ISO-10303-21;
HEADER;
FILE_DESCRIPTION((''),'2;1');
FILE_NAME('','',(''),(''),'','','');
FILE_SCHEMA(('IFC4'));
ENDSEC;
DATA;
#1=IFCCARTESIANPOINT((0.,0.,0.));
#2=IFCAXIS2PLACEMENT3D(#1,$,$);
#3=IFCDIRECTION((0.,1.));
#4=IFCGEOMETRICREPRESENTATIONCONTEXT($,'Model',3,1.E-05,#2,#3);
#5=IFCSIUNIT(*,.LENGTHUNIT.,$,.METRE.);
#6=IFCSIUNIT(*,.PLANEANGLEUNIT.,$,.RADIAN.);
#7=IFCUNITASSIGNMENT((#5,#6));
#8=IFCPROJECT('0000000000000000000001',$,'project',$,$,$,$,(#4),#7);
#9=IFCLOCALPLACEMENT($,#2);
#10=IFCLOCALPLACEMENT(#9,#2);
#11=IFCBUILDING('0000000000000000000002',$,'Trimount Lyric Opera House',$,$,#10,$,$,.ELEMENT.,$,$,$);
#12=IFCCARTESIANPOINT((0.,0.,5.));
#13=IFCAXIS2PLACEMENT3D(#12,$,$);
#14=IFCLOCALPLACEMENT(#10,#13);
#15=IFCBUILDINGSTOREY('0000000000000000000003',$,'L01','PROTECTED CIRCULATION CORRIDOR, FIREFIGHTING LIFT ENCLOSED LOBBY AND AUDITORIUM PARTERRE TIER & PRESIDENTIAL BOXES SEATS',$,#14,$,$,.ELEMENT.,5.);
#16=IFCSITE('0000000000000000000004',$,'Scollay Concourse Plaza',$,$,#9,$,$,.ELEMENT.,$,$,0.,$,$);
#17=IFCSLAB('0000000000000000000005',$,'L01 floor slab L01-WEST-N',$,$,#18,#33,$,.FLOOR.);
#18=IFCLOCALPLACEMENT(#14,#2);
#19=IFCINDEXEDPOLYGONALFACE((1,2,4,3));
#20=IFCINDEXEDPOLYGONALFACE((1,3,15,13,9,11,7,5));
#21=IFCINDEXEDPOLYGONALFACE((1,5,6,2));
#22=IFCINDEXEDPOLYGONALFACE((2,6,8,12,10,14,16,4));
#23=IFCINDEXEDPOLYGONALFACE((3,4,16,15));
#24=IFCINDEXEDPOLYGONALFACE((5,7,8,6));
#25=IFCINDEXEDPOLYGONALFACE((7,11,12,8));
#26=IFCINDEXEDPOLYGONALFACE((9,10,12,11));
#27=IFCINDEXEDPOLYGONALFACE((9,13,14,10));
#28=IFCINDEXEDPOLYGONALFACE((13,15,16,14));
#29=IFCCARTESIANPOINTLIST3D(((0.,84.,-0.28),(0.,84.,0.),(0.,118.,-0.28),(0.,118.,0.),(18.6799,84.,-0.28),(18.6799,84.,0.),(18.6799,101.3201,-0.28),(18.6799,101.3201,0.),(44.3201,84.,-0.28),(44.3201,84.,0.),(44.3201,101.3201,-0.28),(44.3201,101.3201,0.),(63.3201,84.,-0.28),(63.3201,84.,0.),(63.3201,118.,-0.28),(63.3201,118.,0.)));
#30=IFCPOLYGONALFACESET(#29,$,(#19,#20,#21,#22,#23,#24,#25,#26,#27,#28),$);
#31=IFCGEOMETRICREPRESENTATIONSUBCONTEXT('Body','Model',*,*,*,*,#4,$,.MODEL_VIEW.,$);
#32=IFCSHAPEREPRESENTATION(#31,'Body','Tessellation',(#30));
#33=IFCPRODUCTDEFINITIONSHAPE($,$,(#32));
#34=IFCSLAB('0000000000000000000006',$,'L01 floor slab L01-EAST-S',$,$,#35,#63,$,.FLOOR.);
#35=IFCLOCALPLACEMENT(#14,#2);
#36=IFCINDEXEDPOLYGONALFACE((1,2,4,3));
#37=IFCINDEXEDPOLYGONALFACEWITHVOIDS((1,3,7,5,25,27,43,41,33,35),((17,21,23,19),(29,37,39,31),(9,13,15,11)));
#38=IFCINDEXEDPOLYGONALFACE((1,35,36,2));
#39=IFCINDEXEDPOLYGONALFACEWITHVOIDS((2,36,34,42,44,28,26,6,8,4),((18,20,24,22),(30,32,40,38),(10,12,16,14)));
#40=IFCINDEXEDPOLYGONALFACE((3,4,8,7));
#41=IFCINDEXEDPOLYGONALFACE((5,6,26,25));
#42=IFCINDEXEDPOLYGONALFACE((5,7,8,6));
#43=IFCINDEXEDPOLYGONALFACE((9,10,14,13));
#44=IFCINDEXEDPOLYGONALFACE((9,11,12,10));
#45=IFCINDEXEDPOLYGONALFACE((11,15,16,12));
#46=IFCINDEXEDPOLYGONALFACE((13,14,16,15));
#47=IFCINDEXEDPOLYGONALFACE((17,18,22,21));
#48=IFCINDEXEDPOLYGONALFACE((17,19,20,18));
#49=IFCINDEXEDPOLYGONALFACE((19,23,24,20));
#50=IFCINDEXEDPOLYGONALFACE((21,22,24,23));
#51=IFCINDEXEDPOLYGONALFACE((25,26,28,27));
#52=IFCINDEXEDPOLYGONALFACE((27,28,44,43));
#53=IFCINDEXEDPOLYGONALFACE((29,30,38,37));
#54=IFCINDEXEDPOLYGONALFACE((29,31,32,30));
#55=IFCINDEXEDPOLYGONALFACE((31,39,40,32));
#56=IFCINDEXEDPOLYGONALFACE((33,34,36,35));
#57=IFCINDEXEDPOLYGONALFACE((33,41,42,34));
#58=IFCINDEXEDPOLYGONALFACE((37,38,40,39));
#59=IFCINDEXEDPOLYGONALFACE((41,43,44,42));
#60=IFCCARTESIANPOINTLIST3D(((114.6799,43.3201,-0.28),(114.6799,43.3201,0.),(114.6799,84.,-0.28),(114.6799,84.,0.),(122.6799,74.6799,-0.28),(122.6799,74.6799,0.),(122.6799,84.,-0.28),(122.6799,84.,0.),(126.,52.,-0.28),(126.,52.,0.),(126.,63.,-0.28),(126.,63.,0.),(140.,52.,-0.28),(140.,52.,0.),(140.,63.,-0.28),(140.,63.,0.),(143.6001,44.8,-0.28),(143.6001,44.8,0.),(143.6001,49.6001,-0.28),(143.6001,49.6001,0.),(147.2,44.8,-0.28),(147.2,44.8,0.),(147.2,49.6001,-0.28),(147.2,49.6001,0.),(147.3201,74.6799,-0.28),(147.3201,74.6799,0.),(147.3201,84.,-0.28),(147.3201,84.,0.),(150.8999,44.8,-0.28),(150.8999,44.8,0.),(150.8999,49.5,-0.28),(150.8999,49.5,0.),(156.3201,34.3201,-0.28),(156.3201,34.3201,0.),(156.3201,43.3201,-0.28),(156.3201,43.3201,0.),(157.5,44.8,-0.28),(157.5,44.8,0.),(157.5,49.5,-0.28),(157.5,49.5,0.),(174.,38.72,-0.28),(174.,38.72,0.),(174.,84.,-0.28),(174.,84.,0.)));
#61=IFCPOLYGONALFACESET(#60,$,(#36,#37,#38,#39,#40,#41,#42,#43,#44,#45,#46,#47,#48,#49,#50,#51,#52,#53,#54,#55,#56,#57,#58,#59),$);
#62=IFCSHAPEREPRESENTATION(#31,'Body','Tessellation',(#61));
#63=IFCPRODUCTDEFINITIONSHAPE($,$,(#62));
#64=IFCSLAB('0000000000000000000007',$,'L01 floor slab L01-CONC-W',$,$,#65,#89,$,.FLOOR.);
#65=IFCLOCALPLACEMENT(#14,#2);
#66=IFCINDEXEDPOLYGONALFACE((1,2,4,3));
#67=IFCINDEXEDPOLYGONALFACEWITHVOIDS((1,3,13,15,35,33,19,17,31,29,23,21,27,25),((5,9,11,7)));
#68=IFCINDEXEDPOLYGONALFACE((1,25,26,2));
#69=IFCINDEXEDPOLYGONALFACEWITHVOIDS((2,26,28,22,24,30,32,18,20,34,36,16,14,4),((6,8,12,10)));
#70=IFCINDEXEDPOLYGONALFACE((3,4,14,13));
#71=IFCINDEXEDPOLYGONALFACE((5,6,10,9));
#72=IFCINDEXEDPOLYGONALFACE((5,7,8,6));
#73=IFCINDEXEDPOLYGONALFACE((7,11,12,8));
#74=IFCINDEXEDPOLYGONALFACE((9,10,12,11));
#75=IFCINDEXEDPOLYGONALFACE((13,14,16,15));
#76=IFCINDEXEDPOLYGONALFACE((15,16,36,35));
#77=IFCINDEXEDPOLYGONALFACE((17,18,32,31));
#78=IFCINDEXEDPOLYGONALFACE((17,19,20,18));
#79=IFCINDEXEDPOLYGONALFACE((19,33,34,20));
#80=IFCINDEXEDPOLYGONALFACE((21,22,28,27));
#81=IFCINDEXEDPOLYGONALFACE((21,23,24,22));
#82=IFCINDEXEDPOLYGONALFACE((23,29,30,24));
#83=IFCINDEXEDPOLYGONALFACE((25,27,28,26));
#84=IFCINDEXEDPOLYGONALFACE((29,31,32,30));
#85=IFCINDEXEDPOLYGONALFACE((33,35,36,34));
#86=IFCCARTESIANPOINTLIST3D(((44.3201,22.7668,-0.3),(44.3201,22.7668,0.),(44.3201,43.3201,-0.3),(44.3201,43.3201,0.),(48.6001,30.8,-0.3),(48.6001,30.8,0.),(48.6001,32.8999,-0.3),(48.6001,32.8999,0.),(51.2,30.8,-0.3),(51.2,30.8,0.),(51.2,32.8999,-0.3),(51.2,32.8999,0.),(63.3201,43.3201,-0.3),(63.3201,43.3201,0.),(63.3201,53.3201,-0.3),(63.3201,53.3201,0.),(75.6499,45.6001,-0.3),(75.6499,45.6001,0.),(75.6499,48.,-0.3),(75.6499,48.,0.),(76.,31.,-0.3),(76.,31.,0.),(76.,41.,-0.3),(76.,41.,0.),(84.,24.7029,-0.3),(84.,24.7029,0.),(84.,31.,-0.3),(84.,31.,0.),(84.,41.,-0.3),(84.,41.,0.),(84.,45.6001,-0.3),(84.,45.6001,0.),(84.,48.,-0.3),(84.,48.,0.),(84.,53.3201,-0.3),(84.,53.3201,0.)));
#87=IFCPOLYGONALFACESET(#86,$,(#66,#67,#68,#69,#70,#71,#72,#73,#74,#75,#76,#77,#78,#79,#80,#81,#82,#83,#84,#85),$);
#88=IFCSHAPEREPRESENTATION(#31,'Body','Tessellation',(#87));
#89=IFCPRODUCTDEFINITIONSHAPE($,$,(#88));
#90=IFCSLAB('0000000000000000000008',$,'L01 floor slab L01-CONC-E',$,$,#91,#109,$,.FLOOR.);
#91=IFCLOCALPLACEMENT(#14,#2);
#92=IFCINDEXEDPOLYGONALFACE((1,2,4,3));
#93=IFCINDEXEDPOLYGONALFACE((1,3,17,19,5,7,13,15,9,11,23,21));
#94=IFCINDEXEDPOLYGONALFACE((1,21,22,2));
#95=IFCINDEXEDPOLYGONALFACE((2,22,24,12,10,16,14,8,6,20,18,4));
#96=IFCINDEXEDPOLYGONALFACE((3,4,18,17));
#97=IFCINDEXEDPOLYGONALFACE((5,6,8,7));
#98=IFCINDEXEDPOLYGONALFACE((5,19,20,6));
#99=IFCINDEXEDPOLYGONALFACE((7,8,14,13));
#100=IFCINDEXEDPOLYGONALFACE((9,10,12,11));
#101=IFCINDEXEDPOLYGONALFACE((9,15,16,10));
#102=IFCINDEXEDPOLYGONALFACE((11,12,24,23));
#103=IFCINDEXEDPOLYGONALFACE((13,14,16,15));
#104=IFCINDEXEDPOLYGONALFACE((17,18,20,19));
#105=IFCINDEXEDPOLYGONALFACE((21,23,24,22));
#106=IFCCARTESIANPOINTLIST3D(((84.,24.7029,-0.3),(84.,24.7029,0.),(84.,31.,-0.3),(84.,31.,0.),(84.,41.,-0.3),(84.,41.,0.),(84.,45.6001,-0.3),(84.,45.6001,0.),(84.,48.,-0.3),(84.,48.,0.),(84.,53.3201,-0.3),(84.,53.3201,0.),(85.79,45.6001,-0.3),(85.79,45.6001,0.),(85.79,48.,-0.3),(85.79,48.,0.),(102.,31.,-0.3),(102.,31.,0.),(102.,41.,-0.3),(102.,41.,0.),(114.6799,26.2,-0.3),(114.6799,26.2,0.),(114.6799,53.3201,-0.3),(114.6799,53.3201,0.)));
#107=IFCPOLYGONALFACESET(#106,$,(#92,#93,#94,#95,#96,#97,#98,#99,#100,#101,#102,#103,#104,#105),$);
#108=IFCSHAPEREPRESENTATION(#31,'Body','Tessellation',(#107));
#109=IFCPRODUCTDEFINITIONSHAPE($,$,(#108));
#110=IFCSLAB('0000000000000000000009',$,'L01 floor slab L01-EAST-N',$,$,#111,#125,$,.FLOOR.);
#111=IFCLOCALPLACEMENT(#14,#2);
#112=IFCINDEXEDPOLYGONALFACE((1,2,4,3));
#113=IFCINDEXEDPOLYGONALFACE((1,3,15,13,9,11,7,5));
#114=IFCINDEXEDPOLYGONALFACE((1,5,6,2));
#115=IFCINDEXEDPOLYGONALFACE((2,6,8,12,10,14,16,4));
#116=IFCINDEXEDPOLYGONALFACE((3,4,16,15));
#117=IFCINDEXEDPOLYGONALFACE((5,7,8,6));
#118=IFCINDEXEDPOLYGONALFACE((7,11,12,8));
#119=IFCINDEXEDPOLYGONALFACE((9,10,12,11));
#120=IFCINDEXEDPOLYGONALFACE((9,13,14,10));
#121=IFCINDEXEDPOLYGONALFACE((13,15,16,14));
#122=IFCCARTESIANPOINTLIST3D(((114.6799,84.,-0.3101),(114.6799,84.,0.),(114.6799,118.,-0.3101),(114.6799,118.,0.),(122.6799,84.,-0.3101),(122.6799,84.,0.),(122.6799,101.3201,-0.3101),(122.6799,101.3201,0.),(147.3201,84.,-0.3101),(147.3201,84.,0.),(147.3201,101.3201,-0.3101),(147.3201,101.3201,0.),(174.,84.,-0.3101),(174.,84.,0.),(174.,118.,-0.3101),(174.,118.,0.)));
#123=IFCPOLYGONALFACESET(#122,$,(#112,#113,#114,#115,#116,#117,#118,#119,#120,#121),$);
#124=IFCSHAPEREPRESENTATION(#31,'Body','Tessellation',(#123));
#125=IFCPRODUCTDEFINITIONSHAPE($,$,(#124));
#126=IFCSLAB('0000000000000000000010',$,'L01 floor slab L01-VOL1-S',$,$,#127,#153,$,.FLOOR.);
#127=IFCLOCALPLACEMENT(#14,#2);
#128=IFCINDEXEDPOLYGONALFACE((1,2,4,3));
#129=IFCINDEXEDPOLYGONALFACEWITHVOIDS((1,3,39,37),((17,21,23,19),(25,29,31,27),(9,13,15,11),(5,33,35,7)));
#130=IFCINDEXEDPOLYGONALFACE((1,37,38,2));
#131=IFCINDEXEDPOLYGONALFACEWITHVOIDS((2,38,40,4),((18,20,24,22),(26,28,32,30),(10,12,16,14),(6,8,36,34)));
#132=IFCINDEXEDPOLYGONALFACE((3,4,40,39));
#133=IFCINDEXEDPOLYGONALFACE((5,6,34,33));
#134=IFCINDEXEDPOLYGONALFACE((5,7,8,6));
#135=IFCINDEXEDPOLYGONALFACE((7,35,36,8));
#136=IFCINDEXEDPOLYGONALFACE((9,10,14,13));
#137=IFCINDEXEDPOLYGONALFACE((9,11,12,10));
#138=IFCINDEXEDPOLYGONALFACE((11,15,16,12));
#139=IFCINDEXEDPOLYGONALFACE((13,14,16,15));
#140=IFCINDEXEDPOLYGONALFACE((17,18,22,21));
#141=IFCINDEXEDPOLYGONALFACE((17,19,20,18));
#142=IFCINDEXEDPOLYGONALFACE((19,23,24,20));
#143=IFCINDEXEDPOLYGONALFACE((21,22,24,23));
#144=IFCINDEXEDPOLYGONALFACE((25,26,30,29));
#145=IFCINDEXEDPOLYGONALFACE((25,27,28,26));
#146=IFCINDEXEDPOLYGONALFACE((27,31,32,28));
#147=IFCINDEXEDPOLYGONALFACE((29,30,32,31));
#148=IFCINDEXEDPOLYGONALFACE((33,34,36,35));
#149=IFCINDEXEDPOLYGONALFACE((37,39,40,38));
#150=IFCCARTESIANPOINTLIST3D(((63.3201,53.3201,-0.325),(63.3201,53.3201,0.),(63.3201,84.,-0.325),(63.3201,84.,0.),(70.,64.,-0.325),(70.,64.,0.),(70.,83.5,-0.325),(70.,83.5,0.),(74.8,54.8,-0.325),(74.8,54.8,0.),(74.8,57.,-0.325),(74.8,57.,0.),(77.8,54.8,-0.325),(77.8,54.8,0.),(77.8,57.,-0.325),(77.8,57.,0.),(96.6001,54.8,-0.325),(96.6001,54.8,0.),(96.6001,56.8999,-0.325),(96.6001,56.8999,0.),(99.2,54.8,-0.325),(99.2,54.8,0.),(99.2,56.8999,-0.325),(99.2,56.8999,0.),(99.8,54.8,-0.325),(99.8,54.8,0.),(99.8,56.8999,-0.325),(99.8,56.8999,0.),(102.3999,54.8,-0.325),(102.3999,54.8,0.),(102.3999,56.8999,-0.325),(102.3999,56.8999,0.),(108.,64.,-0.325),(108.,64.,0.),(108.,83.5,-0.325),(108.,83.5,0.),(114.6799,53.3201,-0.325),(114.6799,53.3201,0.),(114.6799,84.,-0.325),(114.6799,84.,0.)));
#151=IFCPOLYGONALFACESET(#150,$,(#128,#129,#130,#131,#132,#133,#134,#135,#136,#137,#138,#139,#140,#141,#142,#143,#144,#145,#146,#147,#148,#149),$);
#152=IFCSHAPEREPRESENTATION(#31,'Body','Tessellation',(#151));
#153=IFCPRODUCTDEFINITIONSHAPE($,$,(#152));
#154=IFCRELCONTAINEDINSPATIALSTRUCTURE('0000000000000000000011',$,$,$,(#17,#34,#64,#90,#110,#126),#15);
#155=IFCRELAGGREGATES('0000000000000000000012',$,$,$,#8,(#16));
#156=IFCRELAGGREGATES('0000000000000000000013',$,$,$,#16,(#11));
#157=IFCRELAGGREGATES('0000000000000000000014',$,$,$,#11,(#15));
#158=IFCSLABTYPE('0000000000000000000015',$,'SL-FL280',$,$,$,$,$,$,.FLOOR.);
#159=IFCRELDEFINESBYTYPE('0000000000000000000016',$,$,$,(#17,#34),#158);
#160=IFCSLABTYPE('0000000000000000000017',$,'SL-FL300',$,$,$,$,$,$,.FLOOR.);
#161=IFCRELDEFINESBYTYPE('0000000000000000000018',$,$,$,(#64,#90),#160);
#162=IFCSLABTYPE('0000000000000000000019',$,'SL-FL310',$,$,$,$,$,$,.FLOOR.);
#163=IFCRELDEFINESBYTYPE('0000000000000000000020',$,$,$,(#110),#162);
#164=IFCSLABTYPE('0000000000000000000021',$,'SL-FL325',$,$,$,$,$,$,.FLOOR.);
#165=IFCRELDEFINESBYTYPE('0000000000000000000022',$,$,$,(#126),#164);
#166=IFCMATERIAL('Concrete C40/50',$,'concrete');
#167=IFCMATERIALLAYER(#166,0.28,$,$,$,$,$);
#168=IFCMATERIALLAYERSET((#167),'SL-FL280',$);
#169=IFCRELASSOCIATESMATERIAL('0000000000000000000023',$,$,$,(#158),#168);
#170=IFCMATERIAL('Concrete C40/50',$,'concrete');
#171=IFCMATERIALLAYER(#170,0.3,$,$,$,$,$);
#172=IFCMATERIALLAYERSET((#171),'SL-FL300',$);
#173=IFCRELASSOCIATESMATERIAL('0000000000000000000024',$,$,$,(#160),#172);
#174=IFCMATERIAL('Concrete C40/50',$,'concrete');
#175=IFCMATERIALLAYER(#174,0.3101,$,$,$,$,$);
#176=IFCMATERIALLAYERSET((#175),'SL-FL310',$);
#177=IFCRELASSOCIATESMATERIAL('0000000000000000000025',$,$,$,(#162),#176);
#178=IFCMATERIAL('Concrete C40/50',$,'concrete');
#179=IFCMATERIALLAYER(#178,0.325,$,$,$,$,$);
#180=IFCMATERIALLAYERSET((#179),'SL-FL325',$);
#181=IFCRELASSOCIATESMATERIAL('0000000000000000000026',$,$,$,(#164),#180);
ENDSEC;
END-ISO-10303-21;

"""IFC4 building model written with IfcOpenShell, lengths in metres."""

from ifc_helpers import new_model, si_unit, direction, frame, origin, place, context, subcontext, project, spatial, polyline, outline, extrude, material, layer, layer_set, type_object, element, save


model = new_model("IFC4")

# Units and contexts
model_context = context("Model", 3, precision=1e-05, world=origin(), true_north=direction((0.0, 1.0)))
body_context = subcontext(model_context, "Body", "Model", "MODEL_VIEW")
ifc_project = project(units=[si_unit("LENGTHUNIT", "METRE"), si_unit("PLANEANGLEUNIT", "RADIAN")], contexts=[model_context])

# Site, building, storey
site_placement = place(None, origin())
site = spatial("IfcSite", under=ifc_project, at=site_placement, Name="Scollay Concourse Plaza", CompositionType="ELEMENT", RefElevation=0.0)
building_placement = place(site_placement, origin())
building = spatial("IfcBuilding", under=site, at=building_placement, Name="Trimount Lyric Opera House", CompositionType="ELEMENT")
storey_placement = place(building_placement, frame((0.0, 0.0, 5.0)))
storey = spatial("IfcBuildingStorey", under=building, at=storey_placement, Name="L01", Description="PROTECTED CIRCULATION CORRIDOR, FIREFIGHTING LIFT ENCLOSED LOBBY AND AUDITORIUM PARTERRE TIER & PRESIDENTIAL BOXES SEATS", CompositionType="ELEMENT", Elevation=5.0)

# Slabs
ifc_material_1 = material(Name="Concrete C40/50", Category="concrete")
ifc_layer_1 = layer(ifc_material_1, 0.28)
ifc_layer_set_1 = layer_set([ifc_layer_1], Name="SL-FL280")
slab_type_1 = type_object("IfcSlabType", Name="SL-FL280", PredefinedType="FLOOR", material=ifc_layer_set_1)
slab_1_placement = place(storey_placement, frame((0.0, 0.0, -0.28)))
element("IfcSlab", 1, at=slab_1_placement, inside=storey, type_object=slab_type_1, Name="L01 floor slab L01-WEST-N", PredefinedType="FLOOR", context=body_context, shape_type="SweptSolid", body=[
    extrude(outline(polyline([(63.3201, 118.0), (63.3201, 84.0), (44.3201, 84.0), (44.3201, 101.3201), (18.6799, 101.3201), (18.6799, 84.0), (0.0, 84.0), (0.0, 118.0), (63.3201, 118.0)])), origin(), (0.0, 0.0, 1.0), 0.28),
])
slab_2_placement = place(storey_placement, frame((0.0, 0.0, -0.28)))
element("IfcSlab", 2, at=slab_2_placement, inside=storey, type_object=slab_type_1, Name="L01 floor slab L01-EAST-S", PredefinedType="FLOOR", context=body_context, shape_type="SweptSolid", body=[
    extrude(outline(polyline([(156.3201, 43.3201), (114.6799, 43.3201), (114.6799, 84.0), (122.6799, 84.0), (122.6799, 74.6799), (147.3201, 74.6799), (147.3201, 84.0), (174.0, 84.0), (174.0, 38.72), (156.3201, 34.3201), (156.3201, 43.3201)]), holes=[polyline([(157.5, 49.5), (150.8999, 49.5), (150.8999, 44.8), (157.5, 44.8), (157.5, 49.5)]), polyline([(147.2, 49.6001), (143.6001, 49.6001), (143.6001, 44.8), (147.2, 44.8), (147.2, 49.6001)]), polyline([(126.0, 52.0), (140.0, 52.0), (140.0, 63.0), (126.0, 63.0), (126.0, 52.0)])]), origin(), (0.0, 0.0, 1.0), 0.28),
])
ifc_material_2 = material(Name="Concrete C40/50", Category="concrete")
ifc_layer_2 = layer(ifc_material_2, 0.3)
ifc_layer_set_2 = layer_set([ifc_layer_2], Name="SL-FL300")
slab_type_2 = type_object("IfcSlabType", Name="SL-FL300", PredefinedType="FLOOR", material=ifc_layer_set_2)
slab_3_placement = place(storey_placement, frame((0.0, 0.0, -0.3)))
element("IfcSlab", 3, at=slab_3_placement, inside=storey, type_object=slab_type_2, Name="L01 floor slab L01-CONC-W", PredefinedType="FLOOR", context=body_context, shape_type="SweptSolid", body=[
    extrude(outline(polyline([(44.3201, 43.3201), (63.3201, 43.3201), (63.3201, 53.3201), (84.0, 53.3201), (84.0, 48.0), (75.6499, 48.0), (75.6499, 45.6001), (84.0, 45.6001), (84.0, 41.0), (76.0, 41.0), (76.0, 31.0), (84.0, 31.0), (84.0, 24.7029), (44.3201, 22.7668), (44.3201, 43.3201)]), holes=[polyline([(51.2, 32.8999), (48.6001, 32.8999), (48.6001, 30.8), (51.2, 30.8), (51.2, 32.8999)])]), origin(), (0.0, 0.0, 1.0), 0.3),
])
slab_4_placement = place(storey_placement, frame((0.0, 0.0, -0.3)))
element("IfcSlab", 4, at=slab_4_placement, inside=storey, type_object=slab_type_2, Name="L01 floor slab L01-CONC-E", PredefinedType="FLOOR", context=body_context, shape_type="SweptSolid", body=[
    extrude(outline(polyline([(114.6799, 26.2), (84.0, 24.7029), (84.0, 31.0), (102.0, 31.0), (102.0, 41.0), (84.0, 41.0), (84.0, 45.6001), (85.79, 45.6001), (85.79, 48.0), (84.0, 48.0), (84.0, 53.3201), (114.6799, 53.3201), (114.6799, 26.2)])), origin(), (0.0, 0.0, 1.0), 0.3),
])
ifc_material_3 = material(Name="Concrete C40/50", Category="concrete")
ifc_layer_3 = layer(ifc_material_3, 0.3101)
ifc_layer_set_3 = layer_set([ifc_layer_3], Name="SL-FL310")
slab_type_3 = type_object("IfcSlabType", Name="SL-FL310", PredefinedType="FLOOR", material=ifc_layer_set_3)
slab_5_placement = place(storey_placement, frame((0.0, 0.0, -0.3101)))
element("IfcSlab", 5, at=slab_5_placement, inside=storey, type_object=slab_type_3, Name="L01 floor slab L01-EAST-N", PredefinedType="FLOOR", context=body_context, shape_type="SweptSolid", body=[
    extrude(outline(polyline([(174.0, 118.0), (174.0, 84.0), (147.3201, 84.0), (147.3201, 101.3201), (122.6799, 101.3201), (122.6799, 84.0), (114.6799, 84.0), (114.6799, 118.0), (174.0, 118.0)])), origin(), (0.0, 0.0, 1.0), 0.3101),
])
ifc_material_4 = material(Name="Concrete C40/50", Category="concrete")
ifc_layer_4 = layer(ifc_material_4, 0.325)
ifc_layer_set_4 = layer_set([ifc_layer_4], Name="SL-FL325")
slab_type_4 = type_object("IfcSlabType", Name="SL-FL325", PredefinedType="FLOOR", material=ifc_layer_set_4)
slab_6_placement = place(storey_placement, frame((0.0, 0.0, -0.325)))
element("IfcSlab", 6, at=slab_6_placement, inside=storey, type_object=slab_type_4, Name="L01 floor slab L01-VOL1-S", PredefinedType="FLOOR", context=body_context, shape_type="SweptSolid", body=[
    extrude(outline(polyline([(114.6799, 84.0), (114.6799, 53.3201), (63.3201, 53.3201), (63.3201, 84.0), (114.6799, 84.0)]), holes=[polyline([(70.0, 64.0), (108.0, 64.0), (108.0, 83.5), (70.0, 83.5), (70.0, 64.0)]), polyline([(102.3999, 56.8999), (99.8, 56.8999), (99.8, 54.8), (102.3999, 54.8), (102.3999, 56.8999)]), polyline([(99.2, 56.8999), (96.6001, 56.8999), (96.6001, 54.8), (99.2, 54.8), (99.2, 56.8999)]), polyline([(77.8, 57.0), (74.8, 57.0), (74.8, 54.8), (77.8, 54.8), (77.8, 57.0)])]), origin(), (0.0, 0.0, 1.0), 0.325),
])

save(model, "model.ifc")
